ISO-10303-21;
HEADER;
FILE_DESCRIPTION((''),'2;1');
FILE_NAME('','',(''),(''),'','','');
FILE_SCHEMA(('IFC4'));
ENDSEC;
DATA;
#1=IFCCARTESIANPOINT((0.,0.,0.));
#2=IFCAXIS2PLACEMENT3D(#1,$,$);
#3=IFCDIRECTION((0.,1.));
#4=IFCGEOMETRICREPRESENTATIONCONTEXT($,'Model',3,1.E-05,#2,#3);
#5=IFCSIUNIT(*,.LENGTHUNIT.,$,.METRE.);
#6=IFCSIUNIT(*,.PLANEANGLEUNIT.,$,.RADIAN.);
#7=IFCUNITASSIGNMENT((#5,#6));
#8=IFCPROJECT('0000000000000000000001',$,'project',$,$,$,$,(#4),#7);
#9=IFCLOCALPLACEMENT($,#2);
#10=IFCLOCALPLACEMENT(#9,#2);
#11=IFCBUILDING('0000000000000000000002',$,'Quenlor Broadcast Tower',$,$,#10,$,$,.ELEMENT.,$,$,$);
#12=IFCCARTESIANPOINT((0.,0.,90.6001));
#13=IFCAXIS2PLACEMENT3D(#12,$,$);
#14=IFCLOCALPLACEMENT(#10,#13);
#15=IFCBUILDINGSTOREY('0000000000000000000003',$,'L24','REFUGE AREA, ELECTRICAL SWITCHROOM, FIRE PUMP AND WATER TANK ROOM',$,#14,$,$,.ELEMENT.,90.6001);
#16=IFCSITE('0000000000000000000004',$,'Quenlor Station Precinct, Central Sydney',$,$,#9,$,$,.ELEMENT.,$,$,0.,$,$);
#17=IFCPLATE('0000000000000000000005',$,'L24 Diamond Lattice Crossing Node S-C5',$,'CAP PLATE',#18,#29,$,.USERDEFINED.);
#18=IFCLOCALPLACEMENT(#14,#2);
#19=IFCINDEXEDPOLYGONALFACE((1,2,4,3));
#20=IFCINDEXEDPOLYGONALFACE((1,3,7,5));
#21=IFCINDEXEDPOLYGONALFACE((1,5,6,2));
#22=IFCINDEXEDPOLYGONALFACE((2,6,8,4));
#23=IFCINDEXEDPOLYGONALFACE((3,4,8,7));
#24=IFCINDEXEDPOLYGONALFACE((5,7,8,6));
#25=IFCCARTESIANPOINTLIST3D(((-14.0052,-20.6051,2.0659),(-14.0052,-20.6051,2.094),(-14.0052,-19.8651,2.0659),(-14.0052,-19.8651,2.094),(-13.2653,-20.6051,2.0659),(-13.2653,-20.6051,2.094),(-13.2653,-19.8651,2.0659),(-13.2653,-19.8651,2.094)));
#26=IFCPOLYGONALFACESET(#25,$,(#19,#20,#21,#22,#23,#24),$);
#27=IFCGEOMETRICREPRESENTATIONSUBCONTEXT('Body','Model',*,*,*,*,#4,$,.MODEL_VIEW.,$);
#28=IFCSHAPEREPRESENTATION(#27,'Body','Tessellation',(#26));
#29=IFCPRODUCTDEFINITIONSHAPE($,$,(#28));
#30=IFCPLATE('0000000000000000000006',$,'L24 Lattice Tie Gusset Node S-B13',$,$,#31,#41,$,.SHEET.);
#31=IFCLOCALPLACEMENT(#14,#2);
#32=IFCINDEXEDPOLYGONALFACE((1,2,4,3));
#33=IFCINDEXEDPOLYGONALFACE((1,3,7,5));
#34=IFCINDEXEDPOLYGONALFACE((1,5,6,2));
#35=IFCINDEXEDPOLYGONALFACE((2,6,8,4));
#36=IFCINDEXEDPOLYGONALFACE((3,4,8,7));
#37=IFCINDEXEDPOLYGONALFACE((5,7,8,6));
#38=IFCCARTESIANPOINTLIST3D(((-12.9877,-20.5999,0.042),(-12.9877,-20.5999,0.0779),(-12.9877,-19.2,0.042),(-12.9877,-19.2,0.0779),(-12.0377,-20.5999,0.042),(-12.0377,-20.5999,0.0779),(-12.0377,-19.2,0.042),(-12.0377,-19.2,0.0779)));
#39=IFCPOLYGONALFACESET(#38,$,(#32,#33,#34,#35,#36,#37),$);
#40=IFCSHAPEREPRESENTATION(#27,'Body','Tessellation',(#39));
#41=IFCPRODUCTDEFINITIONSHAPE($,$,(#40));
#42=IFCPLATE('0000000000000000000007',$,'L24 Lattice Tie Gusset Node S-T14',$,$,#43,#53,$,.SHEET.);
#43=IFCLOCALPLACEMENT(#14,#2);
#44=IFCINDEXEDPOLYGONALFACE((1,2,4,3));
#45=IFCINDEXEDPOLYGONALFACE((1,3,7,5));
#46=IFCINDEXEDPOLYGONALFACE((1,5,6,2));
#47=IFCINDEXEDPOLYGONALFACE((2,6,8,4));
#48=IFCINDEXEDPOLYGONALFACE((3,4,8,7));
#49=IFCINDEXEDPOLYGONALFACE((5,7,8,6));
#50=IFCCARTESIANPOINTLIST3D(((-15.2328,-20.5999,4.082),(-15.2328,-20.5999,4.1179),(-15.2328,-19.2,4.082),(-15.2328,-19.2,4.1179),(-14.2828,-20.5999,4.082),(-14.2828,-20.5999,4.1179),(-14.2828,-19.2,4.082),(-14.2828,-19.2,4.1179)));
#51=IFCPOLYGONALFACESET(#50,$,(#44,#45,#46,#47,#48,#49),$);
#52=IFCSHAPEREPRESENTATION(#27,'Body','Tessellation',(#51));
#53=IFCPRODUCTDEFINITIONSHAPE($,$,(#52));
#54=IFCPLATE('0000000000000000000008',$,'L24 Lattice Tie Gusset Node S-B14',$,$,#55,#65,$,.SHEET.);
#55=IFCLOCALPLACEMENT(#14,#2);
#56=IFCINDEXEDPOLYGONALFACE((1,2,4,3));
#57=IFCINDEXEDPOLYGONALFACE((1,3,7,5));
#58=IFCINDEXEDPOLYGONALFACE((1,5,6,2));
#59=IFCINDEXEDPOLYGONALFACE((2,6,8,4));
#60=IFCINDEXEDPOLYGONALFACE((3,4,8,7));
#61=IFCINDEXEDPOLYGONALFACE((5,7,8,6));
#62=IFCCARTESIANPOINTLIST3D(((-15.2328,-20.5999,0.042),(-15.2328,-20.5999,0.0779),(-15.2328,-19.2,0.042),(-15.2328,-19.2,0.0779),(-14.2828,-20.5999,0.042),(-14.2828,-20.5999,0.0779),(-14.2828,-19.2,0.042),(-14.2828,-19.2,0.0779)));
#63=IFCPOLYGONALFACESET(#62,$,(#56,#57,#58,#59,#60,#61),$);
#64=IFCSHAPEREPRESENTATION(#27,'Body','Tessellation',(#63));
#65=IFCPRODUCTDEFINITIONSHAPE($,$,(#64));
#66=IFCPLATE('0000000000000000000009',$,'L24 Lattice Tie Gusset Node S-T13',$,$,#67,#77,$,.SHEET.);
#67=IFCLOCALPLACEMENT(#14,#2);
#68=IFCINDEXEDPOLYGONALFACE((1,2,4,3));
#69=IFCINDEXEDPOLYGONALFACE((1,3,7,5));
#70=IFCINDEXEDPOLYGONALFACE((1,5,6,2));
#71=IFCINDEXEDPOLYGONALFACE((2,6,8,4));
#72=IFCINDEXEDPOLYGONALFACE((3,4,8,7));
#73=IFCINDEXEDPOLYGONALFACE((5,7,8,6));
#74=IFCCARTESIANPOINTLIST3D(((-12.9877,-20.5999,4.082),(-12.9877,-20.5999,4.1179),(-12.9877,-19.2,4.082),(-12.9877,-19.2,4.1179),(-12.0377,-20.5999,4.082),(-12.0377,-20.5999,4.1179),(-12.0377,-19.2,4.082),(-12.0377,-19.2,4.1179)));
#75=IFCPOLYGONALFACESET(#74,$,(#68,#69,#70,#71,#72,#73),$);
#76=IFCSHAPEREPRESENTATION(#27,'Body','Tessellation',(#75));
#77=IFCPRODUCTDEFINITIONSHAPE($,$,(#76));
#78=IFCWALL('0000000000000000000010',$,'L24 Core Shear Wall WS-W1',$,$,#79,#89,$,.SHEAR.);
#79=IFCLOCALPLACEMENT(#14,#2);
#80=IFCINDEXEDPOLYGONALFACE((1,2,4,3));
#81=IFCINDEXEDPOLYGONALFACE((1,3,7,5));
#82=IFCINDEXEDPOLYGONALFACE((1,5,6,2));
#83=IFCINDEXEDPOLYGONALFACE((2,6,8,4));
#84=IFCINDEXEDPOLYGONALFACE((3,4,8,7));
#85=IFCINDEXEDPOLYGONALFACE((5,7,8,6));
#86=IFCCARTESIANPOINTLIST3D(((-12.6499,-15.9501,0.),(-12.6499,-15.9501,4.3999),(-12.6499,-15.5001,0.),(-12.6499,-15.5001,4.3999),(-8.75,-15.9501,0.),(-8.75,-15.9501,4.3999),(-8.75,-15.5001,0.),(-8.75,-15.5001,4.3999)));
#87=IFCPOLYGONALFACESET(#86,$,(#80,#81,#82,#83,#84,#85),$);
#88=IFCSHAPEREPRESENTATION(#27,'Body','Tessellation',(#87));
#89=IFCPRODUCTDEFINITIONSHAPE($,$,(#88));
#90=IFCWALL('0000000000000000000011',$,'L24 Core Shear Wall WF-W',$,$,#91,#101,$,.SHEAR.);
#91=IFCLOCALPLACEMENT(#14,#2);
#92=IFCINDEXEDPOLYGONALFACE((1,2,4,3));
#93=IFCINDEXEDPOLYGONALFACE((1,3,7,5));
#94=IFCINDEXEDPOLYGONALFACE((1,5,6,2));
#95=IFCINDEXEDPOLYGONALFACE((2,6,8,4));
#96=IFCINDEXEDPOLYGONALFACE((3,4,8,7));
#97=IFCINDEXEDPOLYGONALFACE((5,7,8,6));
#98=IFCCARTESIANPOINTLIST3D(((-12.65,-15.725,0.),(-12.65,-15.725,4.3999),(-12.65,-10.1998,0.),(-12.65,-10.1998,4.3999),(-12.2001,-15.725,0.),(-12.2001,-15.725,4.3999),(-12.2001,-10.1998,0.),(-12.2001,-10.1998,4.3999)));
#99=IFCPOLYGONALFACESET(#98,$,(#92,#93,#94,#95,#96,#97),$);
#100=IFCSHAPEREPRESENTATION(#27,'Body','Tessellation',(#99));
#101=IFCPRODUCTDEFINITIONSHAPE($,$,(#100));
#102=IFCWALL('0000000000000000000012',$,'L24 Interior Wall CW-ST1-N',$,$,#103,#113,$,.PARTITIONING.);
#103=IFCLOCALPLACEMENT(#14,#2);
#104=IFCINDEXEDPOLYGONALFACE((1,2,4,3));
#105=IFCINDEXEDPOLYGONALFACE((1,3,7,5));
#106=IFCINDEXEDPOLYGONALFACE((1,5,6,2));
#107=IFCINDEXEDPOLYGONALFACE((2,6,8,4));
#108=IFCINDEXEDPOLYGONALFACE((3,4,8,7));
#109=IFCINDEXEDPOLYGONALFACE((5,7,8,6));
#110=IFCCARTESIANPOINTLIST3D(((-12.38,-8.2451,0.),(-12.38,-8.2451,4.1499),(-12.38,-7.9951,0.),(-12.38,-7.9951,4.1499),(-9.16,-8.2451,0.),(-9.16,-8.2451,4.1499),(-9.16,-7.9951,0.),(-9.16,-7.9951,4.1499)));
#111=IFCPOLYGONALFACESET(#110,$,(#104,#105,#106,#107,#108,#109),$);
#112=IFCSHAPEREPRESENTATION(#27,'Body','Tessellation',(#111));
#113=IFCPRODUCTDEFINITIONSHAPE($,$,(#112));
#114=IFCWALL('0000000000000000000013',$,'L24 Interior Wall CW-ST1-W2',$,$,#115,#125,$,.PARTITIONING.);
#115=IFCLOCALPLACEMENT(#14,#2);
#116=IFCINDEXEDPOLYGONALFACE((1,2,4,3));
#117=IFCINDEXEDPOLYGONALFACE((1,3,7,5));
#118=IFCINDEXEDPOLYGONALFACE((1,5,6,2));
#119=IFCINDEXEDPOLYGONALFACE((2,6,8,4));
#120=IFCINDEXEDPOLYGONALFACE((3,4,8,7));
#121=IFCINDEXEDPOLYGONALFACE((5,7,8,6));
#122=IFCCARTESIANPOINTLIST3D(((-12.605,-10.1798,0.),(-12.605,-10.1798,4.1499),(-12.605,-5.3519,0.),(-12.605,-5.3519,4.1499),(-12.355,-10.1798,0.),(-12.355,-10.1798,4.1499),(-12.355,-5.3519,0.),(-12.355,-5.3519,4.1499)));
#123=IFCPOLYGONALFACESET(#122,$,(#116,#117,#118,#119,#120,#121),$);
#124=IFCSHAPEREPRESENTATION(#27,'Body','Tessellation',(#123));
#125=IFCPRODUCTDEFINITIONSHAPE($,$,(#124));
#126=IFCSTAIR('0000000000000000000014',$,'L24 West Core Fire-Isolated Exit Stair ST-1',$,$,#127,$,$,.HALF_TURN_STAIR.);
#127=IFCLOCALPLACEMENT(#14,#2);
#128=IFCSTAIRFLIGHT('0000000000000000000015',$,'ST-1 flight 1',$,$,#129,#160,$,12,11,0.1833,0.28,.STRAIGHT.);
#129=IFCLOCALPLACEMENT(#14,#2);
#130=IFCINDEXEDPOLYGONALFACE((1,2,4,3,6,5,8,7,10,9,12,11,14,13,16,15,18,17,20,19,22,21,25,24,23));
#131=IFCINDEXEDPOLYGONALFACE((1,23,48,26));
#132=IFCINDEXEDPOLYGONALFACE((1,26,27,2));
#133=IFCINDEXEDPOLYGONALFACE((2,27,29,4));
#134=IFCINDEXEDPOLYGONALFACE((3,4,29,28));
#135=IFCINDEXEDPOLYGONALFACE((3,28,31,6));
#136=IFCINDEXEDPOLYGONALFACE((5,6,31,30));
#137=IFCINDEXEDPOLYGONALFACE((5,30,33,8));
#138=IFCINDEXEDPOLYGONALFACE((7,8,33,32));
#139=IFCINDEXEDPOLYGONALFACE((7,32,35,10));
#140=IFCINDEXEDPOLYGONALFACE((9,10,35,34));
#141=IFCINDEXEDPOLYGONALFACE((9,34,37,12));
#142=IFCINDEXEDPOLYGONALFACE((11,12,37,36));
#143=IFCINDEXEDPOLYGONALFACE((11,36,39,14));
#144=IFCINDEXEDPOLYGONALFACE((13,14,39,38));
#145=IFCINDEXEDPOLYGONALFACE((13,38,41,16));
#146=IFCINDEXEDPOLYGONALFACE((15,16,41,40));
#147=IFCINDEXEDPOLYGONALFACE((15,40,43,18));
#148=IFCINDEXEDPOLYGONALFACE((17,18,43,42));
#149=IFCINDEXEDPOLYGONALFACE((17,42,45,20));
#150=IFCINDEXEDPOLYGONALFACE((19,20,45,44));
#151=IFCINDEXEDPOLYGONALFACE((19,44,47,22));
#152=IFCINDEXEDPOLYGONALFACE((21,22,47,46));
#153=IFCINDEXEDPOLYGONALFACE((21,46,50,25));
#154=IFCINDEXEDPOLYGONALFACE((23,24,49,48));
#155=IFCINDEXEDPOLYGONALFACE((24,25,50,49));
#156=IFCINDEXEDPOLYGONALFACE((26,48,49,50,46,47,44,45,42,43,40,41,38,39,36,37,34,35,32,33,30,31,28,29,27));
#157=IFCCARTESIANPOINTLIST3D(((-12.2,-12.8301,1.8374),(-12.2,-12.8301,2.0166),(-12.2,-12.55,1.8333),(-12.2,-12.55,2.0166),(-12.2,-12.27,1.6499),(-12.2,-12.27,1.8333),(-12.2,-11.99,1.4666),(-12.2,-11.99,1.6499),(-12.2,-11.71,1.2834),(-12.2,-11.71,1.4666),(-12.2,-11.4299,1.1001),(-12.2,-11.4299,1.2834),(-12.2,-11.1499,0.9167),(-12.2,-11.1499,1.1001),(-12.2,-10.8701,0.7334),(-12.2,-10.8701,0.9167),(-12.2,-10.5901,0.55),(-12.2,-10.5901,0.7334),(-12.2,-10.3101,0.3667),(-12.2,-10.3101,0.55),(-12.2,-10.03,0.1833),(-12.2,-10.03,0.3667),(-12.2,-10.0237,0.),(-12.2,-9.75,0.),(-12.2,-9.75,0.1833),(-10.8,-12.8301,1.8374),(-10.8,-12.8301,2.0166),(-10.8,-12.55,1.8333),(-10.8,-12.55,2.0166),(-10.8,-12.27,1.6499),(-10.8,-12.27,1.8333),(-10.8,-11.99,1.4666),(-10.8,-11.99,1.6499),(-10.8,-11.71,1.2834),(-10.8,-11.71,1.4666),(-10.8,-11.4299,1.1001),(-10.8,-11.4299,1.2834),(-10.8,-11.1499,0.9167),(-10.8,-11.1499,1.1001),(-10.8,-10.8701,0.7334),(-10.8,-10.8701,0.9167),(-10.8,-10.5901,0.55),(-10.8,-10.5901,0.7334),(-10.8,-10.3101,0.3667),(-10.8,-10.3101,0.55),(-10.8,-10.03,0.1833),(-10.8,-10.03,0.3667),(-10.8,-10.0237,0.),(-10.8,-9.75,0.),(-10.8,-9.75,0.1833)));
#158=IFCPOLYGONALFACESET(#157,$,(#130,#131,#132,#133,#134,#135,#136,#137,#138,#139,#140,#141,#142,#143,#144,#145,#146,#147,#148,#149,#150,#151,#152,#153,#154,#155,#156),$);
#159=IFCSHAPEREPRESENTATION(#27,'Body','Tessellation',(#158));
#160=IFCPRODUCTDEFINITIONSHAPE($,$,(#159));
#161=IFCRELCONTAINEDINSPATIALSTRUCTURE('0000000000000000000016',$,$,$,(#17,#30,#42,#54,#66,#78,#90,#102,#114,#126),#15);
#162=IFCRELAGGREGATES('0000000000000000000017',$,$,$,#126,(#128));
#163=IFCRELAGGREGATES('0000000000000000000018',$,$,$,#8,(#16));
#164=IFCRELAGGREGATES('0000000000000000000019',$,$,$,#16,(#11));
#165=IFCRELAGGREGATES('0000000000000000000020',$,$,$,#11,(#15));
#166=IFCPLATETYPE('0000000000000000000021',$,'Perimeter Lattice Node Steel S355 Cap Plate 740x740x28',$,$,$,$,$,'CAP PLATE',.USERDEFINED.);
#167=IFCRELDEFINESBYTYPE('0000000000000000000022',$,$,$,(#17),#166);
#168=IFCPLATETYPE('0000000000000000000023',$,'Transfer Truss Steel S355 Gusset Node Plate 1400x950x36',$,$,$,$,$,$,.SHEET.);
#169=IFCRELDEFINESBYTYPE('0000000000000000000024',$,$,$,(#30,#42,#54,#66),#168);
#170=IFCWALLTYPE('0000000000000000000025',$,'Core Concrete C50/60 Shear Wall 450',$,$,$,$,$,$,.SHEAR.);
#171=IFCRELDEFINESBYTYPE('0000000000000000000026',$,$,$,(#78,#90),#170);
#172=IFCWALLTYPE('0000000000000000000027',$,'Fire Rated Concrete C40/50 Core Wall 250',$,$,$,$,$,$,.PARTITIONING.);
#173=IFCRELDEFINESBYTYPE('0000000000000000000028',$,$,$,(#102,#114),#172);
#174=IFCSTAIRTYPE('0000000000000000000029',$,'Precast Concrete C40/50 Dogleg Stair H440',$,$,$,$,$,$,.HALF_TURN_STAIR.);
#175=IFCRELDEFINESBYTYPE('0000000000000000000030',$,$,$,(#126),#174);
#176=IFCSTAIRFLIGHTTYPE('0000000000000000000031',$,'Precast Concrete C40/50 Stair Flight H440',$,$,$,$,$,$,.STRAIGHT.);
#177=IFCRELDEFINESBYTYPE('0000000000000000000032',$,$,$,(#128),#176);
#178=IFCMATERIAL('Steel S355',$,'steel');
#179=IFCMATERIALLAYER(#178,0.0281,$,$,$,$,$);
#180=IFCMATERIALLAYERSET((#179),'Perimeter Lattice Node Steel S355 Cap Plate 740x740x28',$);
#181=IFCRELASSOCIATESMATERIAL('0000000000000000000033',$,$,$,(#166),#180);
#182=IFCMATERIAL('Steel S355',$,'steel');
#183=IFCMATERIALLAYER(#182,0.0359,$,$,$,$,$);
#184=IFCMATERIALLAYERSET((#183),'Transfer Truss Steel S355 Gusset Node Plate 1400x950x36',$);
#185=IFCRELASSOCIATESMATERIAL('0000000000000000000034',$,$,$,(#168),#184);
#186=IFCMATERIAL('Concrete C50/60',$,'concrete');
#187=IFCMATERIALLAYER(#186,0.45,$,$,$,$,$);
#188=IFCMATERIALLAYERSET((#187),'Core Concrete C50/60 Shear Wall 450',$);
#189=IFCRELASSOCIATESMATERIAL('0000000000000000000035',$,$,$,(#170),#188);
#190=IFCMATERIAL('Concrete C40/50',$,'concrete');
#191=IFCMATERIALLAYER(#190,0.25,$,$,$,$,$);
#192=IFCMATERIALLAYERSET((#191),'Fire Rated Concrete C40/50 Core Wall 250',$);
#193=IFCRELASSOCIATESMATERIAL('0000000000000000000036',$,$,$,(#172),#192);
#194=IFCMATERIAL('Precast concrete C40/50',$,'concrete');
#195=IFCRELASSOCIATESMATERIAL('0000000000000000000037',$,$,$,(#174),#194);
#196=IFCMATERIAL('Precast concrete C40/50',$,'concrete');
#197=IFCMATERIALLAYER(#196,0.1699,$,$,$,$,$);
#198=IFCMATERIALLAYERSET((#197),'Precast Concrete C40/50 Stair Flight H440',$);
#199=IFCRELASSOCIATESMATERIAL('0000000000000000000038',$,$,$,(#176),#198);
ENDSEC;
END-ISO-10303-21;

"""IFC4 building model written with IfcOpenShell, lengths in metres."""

from ifc_helpers import new_model, si_unit, direction, frame, frame_2d, origin, origin_2d, place, context, subcontext, project, spatial, polyline, rectangle, outline, extrude, material, layer, layer_set, type_object, element, aggregate, save


model = new_model("IFC4")

# Units and contexts
model_context = context("Model", 3, precision=1e-05, world=origin(), true_north=direction((0.0, 1.0)))
body_context = subcontext(model_context, "Body", "Model", "MODEL_VIEW")
ifc_project = project(units=[si_unit("LENGTHUNIT", "METRE"), si_unit("PLANEANGLEUNIT", "RADIAN")], contexts=[model_context])

# Site, building, storey
site_placement = place(None, origin())
site = spatial("IfcSite", under=ifc_project, at=site_placement, Name="Quenlor Station Precinct, Central Sydney", CompositionType="ELEMENT", RefElevation=0.0)
building_placement = place(site_placement, origin())
building = spatial("IfcBuilding", under=site, at=building_placement, Name="Quenlor Broadcast Tower", CompositionType="ELEMENT")
storey_placement = place(building_placement, frame((0.0, 0.0, 90.6001)))
storey = spatial("IfcBuildingStorey", under=building, at=storey_placement, Name="L24", Description="REFUGE AREA, ELECTRICAL SWITCHROOM, FIRE PUMP AND WATER TANK ROOM", CompositionType="ELEMENT", Elevation=90.6001)

# Plates
ifc_material_1 = material(Name="Steel S355", Category="steel")
ifc_layer_1 = layer(ifc_material_1, 0.0281)
ifc_layer_set_1 = layer_set([ifc_layer_1], Name="Perimeter Lattice Node Steel S355 Cap Plate 740x740x28")
plate_type_1 = type_object("IfcPlateType", Name="Perimeter Lattice Node Steel S355 Cap Plate 740x740x28", ElementType="CAP PLATE", PredefinedType="USERDEFINED", material=ifc_layer_set_1)
plate_1_placement = place(storey_placement, frame((-13.6353, -20.2351, 2.0659), z_axis=(0.0, 0.0, 1.0), x_axis=(-1.0, 0.0, 0.0)))
element("IfcPlate", 1, at=plate_1_placement, inside=storey, type_object=plate_type_1, Name="L24 Diamond Lattice Crossing Node S-C5", ObjectType="CAP PLATE", PredefinedType="USERDEFINED", context=body_context, shape_type="SweptSolid", body=[
    extrude(rectangle(XDim=0.74, YDim=0.74, at=origin_2d()), origin(), (0.0, 0.0, 1.0), 0.0281),
])
ifc_material_2 = material(Name="Steel S355", Category="steel")
ifc_layer_2 = layer(ifc_material_2, 0.0359)
ifc_layer_set_2 = layer_set([ifc_layer_2], Name="Transfer Truss Steel S355 Gusset Node Plate 1400x950x36")
plate_type_2 = type_object("IfcPlateType", Name="Transfer Truss Steel S355 Gusset Node Plate 1400x950x36", PredefinedType="SHEET", material=ifc_layer_set_2)
for number, where, z_axis, x_axis, name in (
    (2, (-12.5127, -19.8999, 0.042), (0.0, 0.0, 1.0), (0.0, -1.0, 0.0), "L24 Lattice Tie Gusset Node S-B13"),
    (3, (-14.7578, -19.8999, 4.082), (0.0, 0.0, 1.0), (0.0, -1.0, 0.0), "L24 Lattice Tie Gusset Node S-T14"),
    (4, (-14.7578, -19.8999, 0.042), (0.0, 0.0, 1.0), (0.0, -1.0, 0.0), "L24 Lattice Tie Gusset Node S-B14"),
    (5, (-12.5127, -19.8999, 4.082), (0.0, 0.0, 1.0), (0.0, -1.0, 0.0), "L24 Lattice Tie Gusset Node S-T13"),
):
    element("IfcPlate", number, at=place(storey_placement, frame(where, z_axis=z_axis, x_axis=x_axis)), inside=storey, type_object=plate_type_2, Name=name, PredefinedType="SHEET", context=body_context, shape_type="SweptSolid", body=[
        extrude(rectangle(XDim=1.3999, YDim=0.95, at=origin_2d()), origin(), (0.0, 0.0, 1.0), 0.0359),
    ])

# Walls
ifc_material_3 = material(Name="Concrete C50/60", Category="concrete")
ifc_layer_3 = layer(ifc_material_3, 0.45)
ifc_layer_set_3 = layer_set([ifc_layer_3], Name="Core Concrete C50/60 Shear Wall 450")
wall_type_1 = type_object("IfcWallType", Name="Core Concrete C50/60 Shear Wall 450", PredefinedType="SHEAR", material=ifc_layer_set_3)
wall_1_placement = place(storey_placement, frame((-12.6499, -15.7251, 0.0), z_axis=(0.0, 0.0, 1.0), x_axis=(1.0, 0.0, 0.0)))
element("IfcWall", 6, at=wall_1_placement, inside=storey, type_object=wall_type_1, Name="L24 Core Shear Wall WS-W1", PredefinedType="SHEAR", context=body_context, shape_type="SweptSolid", body=[
    extrude(rectangle(XDim=3.8999, YDim=0.45, at=frame_2d((1.95, 0.0))), origin(), (0.0, 0.0, 1.0), 4.3999),
])
wall_2_placement = place(storey_placement, frame((-12.425, -15.7251, 0.0), z_axis=(0.0, 0.0, 1.0), x_axis=(0.0, 1.0, 0.0)))
element("IfcWall", 7, at=wall_2_placement, inside=storey, type_object=wall_type_1, Name="L24 Core Shear Wall WF-W", PredefinedType="SHEAR", context=body_context, shape_type="SweptSolid", body=[
    extrude(rectangle(XDim=5.5251, YDim=0.45, at=frame_2d((2.7627, 0.0))), origin(), (0.0, 0.0, 1.0), 4.3999),
])
ifc_material_4 = material(Name="Concrete C40/50", Category="concrete")
ifc_layer_4 = layer(ifc_material_4, 0.25)
ifc_layer_set_4 = layer_set([ifc_layer_4], Name="Fire Rated Concrete C40/50 Core Wall 250")
wall_type_2 = type_object("IfcWallType", Name="Fire Rated Concrete C40/50 Core Wall 250", PredefinedType="PARTITIONING", material=ifc_layer_set_4)
wall_3_placement = place(storey_placement, frame((-12.3799, -8.1201, 0.0), z_axis=(0.0, 0.0, 1.0), x_axis=(1.0, 0.0, 0.0)))
element("IfcWall", 8, at=wall_3_placement, inside=storey, type_object=wall_type_2, Name="L24 Interior Wall CW-ST1-N", PredefinedType="PARTITIONING", context=body_context, shape_type="SweptSolid", body=[
    extrude(rectangle(XDim=3.22, YDim=0.25, at=frame_2d((1.6099, 0.0))), origin(), (0.0, 0.0, 1.0), 4.1499),
])
wall_4_placement = place(storey_placement, frame((-12.48, -10.1799, 0.0), z_axis=(0.0, 0.0, 1.0), x_axis=(0.0, 1.0, 0.0)))
element("IfcWall", 9, at=wall_4_placement, inside=storey, type_object=wall_type_2, Name="L24 Interior Wall CW-ST1-W2", PredefinedType="PARTITIONING", context=body_context, shape_type="SweptSolid", body=[
    extrude(rectangle(XDim=4.8279, YDim=0.25, at=frame_2d((2.4141, 0.0))), origin(), (0.0, 0.0, 1.0), 4.1499),
])

# Stair, stair flight
ifc_material_5 = material(Name="Precast concrete C40/50", Category="concrete")
stair_type = type_object("IfcStairType", Name="Precast Concrete C40/50 Dogleg Stair H440", PredefinedType="HALF_TURN_STAIR", material=ifc_material_5)
stair_placement = place(storey_placement, origin())
stair = element("IfcStair", 10, at=stair_placement, inside=storey, type_object=stair_type, Name="L24 West Core Fire-Isolated Exit Stair ST-1", PredefinedType="HALF_TURN_STAIR")
ifc_material_6 = material(Name="Precast concrete C40/50", Category="concrete")
ifc_layer_5 = layer(ifc_material_6, 0.1699)
ifc_layer_set_5 = layer_set([ifc_layer_5], Name="Precast Concrete C40/50 Stair Flight H440")
stair_flight_type = type_object("IfcStairFlightType", Name="Precast Concrete C40/50 Stair Flight H440", PredefinedType="STRAIGHT", material=ifc_layer_set_5)
stair_flight_placement = place(storey_placement, frame((-11.5, -9.75, 0.0), z_axis=(0.0, 0.0, 1.0), x_axis=(0.0, -1.0, 0.0)))
stair_flight = element("IfcStairFlight", 11, at=stair_flight_placement, type_object=stair_flight_type, Name="ST-1 flight 1", NumberOfRisers=12, NumberOfTreads=11, PredefinedType="STRAIGHT", RiserHeight=0.1833, TreadLength=0.28, context=body_context, shape_type="SweptSolid", body=[
    extrude(outline(polyline([(0.0, 0.0), (0.0, 0.1833), (0.28, 0.1833), (0.28, 0.3667), (0.5601, 0.3667), (0.5601, 0.55), (0.8401, 0.55), (0.8401, 0.7334), (1.1201, 0.7334), (1.1201, 0.9167), (1.3999, 0.9167), (1.3999, 1.1001), (1.6799, 1.1001), (1.6799, 1.2834), (1.96, 1.2834), (1.96, 1.4666), (2.24, 1.4666), (2.24, 1.6499), (2.52, 1.6499), (2.52, 1.8333), (2.8, 1.8333), (2.8, 2.0166), (3.0801, 2.0166), (3.0801, 2.2), (3.0801, 1.8374), (0.2737, 0.0), (0.0, 0.0)])), frame((0.0, 0.7, 0.0), z_axis=(0.0, -1.0, 0.0), x_axis=(1.0, 0.0, 0.0)), (0.0, 0.0, 1.0), 1.3999),
])
aggregate(stair, [stair_flight])

save(model, "model.ifc")
